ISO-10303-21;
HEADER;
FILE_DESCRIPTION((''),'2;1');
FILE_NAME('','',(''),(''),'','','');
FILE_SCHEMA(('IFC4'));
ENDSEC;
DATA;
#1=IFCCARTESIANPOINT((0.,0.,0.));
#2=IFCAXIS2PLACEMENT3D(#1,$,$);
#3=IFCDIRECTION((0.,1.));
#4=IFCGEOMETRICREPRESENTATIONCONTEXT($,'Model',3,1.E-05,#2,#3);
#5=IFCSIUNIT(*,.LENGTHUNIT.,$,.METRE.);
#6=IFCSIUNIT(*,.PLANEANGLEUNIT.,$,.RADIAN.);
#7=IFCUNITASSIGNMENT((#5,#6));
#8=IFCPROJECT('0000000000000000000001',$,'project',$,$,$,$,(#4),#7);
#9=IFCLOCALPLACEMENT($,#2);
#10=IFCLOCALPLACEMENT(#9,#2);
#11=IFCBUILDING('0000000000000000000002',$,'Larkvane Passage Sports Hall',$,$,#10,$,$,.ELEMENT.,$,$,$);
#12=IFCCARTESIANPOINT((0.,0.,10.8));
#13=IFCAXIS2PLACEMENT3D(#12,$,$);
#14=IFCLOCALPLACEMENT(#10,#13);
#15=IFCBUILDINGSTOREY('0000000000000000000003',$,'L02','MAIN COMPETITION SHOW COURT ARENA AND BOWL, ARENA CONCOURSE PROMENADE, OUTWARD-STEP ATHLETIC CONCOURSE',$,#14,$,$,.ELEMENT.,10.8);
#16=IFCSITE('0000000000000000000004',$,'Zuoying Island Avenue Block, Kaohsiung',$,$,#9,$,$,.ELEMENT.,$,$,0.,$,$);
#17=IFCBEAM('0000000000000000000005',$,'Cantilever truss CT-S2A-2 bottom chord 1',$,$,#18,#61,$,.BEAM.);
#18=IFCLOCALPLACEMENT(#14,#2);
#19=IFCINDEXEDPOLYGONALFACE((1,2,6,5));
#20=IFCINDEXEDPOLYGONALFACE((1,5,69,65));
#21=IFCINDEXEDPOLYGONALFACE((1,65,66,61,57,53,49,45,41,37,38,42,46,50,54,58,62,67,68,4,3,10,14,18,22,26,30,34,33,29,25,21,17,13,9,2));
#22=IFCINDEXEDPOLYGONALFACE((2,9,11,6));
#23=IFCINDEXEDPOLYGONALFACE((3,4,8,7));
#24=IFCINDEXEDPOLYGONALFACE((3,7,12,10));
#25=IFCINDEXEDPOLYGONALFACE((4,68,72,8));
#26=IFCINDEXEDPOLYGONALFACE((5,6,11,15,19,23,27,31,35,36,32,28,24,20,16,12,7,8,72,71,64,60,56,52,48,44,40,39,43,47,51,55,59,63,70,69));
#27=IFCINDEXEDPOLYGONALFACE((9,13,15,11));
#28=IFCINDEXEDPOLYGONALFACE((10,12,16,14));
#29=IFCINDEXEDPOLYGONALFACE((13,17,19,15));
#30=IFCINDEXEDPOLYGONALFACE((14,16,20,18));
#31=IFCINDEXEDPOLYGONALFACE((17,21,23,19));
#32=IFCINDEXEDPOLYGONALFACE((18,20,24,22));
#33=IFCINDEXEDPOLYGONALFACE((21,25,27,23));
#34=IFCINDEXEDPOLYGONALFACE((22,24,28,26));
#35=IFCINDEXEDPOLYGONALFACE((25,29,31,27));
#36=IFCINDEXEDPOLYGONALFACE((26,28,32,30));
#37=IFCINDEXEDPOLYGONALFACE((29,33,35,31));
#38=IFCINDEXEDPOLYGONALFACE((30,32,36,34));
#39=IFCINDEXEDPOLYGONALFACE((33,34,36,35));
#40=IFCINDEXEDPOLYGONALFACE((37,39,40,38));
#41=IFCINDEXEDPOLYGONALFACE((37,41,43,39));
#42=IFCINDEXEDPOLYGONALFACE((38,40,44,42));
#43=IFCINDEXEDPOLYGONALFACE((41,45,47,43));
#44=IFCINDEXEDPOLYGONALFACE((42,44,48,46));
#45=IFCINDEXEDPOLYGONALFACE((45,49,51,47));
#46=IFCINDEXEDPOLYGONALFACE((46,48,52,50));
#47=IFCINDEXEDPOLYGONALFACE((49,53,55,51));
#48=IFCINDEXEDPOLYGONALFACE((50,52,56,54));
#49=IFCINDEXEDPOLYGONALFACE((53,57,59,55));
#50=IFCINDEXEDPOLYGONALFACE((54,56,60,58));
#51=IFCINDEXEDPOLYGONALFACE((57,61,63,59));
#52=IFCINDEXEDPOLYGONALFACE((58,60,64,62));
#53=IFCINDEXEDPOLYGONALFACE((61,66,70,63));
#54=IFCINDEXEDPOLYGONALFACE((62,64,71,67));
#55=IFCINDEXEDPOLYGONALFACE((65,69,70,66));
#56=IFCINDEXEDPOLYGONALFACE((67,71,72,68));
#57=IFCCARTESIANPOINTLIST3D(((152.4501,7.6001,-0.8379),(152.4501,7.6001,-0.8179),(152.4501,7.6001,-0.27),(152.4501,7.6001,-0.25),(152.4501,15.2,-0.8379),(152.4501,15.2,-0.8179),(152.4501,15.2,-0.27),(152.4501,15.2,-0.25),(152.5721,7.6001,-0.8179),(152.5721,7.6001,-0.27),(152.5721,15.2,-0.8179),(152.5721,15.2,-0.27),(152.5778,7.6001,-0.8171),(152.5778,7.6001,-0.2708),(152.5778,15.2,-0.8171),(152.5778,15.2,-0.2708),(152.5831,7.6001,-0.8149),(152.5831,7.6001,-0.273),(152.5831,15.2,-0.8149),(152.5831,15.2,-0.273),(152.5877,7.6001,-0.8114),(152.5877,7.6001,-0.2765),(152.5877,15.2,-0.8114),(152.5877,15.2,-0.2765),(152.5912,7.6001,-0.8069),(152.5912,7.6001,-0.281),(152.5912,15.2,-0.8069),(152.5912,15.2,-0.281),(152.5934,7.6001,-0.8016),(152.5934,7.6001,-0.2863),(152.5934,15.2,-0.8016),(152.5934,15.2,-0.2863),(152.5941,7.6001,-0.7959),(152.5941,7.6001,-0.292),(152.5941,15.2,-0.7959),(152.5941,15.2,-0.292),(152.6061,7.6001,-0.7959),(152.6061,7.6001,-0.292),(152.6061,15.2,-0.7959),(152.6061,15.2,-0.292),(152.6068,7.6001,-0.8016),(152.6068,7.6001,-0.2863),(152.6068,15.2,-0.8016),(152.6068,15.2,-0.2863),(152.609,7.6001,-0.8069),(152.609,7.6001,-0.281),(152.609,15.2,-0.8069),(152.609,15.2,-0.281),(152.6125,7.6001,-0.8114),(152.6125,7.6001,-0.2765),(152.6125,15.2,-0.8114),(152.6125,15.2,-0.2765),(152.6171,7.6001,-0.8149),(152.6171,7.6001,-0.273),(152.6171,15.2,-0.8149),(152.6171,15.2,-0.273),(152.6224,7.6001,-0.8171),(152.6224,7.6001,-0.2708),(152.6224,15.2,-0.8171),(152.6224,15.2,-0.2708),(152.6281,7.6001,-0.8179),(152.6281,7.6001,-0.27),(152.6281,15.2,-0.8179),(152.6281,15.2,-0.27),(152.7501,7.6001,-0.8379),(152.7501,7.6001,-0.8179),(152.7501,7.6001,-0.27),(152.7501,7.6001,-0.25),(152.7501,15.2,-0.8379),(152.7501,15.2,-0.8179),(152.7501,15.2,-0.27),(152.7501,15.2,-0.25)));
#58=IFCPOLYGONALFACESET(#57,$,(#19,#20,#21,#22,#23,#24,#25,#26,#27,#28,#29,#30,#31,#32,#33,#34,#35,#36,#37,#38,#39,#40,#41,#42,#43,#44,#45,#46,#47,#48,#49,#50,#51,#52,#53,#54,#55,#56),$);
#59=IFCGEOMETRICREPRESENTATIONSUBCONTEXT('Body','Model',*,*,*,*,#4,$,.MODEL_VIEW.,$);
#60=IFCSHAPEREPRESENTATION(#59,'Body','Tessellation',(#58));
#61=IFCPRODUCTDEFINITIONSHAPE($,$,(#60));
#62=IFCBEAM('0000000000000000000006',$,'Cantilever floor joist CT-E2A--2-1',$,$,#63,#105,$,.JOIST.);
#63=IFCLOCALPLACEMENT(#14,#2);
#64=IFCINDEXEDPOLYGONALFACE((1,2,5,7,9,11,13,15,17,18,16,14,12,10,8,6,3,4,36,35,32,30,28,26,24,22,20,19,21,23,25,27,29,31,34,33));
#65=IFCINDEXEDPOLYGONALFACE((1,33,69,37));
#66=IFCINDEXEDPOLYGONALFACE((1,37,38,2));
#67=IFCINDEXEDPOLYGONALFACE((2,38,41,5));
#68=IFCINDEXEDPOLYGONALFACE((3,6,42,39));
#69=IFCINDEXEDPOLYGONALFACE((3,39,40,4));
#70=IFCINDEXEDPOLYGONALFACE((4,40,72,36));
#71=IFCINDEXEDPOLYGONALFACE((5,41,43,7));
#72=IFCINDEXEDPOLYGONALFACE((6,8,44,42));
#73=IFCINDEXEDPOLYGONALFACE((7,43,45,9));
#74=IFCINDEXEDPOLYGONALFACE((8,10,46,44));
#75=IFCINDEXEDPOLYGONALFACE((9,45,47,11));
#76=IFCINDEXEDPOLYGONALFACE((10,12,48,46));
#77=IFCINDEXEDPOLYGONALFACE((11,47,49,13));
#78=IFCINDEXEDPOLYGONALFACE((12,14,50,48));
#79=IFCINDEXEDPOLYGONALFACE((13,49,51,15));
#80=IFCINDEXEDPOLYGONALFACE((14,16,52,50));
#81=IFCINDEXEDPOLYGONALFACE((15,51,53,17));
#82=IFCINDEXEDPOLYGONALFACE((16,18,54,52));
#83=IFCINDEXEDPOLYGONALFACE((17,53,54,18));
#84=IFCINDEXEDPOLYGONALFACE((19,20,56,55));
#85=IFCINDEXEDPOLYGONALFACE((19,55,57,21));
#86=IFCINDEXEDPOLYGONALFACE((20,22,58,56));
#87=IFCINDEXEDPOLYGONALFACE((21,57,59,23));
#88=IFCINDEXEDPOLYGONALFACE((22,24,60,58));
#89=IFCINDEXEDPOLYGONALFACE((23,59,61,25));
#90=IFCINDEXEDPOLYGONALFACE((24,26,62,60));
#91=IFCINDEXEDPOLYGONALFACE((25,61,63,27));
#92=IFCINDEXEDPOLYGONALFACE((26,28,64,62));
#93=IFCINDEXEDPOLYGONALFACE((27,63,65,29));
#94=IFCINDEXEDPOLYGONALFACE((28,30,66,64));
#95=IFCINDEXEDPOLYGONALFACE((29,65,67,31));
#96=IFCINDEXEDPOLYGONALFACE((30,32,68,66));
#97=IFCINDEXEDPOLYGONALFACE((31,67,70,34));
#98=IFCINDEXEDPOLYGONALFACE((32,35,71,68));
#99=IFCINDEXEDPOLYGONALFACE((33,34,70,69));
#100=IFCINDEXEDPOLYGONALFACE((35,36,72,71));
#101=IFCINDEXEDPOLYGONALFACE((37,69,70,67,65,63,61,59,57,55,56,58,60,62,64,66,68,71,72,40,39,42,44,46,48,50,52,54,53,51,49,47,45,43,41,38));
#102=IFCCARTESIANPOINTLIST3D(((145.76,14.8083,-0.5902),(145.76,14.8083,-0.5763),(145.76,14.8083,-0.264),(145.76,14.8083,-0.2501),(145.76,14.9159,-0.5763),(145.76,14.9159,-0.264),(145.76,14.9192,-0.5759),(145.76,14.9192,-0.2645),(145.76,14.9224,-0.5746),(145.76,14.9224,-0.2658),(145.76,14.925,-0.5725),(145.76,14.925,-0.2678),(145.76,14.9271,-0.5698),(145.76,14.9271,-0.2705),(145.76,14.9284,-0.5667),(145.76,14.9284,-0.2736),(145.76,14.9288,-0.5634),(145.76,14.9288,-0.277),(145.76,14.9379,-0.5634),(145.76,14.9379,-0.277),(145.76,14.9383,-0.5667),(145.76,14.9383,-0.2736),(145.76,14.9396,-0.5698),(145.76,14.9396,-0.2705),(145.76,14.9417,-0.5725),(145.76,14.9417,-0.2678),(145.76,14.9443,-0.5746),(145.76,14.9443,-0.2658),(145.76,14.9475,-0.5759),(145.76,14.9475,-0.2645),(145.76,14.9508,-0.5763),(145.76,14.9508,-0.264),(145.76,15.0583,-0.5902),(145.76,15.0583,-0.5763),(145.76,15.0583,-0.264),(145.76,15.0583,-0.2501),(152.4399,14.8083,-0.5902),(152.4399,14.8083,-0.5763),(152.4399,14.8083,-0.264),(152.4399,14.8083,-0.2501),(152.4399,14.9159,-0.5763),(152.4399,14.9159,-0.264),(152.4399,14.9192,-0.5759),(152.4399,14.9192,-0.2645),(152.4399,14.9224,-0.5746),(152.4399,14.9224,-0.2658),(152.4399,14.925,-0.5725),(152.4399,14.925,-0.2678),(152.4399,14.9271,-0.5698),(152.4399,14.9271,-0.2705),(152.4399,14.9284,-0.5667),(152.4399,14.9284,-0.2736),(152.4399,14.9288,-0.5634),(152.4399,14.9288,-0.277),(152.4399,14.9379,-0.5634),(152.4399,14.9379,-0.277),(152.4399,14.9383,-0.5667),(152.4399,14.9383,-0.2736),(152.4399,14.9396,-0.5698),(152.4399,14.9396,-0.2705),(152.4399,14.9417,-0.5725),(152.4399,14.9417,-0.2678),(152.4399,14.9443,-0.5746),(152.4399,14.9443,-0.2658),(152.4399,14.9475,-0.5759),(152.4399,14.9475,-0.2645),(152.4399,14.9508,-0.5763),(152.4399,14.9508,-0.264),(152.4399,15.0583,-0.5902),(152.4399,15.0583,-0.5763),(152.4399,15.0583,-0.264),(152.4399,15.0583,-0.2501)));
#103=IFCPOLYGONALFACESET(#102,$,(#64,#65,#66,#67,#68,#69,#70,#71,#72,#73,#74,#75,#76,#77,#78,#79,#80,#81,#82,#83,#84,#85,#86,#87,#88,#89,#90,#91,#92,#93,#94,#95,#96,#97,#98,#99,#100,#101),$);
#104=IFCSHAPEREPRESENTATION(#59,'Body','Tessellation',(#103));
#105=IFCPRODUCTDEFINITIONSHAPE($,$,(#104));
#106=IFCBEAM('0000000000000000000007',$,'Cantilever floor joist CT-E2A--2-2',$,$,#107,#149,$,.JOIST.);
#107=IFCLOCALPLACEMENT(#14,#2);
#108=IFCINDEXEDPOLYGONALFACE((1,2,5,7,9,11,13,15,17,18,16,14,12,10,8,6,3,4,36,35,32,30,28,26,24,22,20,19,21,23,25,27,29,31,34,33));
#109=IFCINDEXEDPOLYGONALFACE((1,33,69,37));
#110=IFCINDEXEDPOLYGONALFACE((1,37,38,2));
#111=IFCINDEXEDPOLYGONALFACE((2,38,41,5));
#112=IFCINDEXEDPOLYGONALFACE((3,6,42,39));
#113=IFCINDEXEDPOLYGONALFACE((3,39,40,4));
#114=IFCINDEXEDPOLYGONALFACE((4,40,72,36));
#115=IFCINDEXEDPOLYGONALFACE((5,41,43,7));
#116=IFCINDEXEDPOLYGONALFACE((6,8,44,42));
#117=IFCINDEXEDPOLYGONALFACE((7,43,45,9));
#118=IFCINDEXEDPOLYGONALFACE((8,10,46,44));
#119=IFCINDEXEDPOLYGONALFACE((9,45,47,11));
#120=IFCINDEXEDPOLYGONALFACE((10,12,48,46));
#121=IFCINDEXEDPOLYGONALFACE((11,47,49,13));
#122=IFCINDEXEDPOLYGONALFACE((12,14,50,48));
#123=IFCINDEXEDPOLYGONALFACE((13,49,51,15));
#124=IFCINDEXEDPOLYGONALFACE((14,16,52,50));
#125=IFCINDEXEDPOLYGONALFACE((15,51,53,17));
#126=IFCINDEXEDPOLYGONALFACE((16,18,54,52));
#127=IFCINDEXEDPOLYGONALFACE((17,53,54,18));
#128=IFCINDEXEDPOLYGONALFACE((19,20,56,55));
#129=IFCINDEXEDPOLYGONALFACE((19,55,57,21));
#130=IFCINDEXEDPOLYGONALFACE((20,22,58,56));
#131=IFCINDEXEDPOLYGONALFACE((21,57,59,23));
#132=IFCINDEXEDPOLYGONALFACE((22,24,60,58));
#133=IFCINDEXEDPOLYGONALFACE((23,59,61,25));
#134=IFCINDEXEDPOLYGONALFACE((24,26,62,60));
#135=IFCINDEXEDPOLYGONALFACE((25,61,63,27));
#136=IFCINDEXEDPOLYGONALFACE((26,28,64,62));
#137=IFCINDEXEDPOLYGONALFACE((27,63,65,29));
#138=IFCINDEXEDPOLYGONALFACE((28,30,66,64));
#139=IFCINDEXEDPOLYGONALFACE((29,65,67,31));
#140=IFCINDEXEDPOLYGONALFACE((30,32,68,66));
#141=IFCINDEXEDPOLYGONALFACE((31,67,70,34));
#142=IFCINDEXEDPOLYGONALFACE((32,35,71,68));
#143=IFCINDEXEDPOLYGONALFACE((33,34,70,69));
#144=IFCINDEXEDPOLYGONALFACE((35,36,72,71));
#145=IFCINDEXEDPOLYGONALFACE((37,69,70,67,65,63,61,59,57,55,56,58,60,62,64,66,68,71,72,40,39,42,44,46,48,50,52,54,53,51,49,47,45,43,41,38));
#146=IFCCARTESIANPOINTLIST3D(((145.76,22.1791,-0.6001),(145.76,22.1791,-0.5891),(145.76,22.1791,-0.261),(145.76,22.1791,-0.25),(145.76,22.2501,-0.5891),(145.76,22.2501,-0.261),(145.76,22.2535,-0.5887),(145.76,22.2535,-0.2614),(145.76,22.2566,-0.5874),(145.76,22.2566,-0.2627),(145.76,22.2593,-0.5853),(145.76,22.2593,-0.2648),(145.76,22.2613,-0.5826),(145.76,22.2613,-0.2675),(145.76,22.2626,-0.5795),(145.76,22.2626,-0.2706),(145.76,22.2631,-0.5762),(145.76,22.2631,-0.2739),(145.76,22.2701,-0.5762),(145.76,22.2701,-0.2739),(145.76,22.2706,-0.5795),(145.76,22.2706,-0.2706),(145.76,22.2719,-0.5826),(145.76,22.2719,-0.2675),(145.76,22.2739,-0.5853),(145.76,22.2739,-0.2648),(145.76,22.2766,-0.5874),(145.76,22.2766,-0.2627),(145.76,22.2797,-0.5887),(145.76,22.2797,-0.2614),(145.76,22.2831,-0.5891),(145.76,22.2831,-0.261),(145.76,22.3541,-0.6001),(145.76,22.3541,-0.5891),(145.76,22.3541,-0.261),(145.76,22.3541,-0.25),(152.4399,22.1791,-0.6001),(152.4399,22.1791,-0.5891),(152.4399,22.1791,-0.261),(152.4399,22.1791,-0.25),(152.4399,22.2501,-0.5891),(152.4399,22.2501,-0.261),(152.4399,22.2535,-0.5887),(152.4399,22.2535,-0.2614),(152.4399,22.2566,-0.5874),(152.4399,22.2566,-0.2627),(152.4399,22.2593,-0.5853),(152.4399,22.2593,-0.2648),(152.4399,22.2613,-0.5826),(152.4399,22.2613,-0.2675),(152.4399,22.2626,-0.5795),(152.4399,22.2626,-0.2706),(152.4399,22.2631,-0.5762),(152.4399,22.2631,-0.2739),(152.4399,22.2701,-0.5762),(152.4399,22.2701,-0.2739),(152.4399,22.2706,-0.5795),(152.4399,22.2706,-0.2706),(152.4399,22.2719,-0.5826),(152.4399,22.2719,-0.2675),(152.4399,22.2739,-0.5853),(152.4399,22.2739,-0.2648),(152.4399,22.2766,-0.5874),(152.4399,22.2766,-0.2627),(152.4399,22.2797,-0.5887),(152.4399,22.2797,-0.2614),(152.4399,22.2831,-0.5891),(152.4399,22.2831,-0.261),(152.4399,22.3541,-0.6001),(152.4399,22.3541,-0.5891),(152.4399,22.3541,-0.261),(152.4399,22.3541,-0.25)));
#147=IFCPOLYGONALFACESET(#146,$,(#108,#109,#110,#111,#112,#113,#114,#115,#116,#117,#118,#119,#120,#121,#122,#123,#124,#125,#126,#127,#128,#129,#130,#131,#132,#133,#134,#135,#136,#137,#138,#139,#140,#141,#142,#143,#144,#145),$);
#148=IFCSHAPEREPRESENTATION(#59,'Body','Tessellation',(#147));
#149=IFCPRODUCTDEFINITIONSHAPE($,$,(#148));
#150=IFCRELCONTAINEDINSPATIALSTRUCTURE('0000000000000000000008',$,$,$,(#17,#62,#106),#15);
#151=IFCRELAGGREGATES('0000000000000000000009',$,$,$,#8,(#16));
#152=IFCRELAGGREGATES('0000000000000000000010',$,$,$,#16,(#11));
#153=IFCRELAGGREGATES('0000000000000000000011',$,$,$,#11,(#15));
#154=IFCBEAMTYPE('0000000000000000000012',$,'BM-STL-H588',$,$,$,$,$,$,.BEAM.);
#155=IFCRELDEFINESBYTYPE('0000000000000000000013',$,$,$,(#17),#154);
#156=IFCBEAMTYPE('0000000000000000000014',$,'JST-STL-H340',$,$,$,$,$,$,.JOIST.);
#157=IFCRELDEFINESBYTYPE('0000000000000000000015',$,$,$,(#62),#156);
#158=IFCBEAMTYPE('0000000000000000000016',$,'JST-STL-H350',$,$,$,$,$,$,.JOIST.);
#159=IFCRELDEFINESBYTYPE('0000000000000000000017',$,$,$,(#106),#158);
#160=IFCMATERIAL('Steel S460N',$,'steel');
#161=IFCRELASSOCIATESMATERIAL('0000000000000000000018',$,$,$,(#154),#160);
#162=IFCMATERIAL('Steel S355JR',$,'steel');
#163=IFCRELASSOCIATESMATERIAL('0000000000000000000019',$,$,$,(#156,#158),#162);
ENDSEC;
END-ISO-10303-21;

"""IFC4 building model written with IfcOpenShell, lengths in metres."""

from ifc_helpers import new_model, si_unit, direction, frame, origin, origin_2d, place, context, subcontext, project, spatial, i_section, extrude, material, material_profile, profile_set, type_object, element, save


model = new_model("IFC4")

# Units and contexts
model_context = context("Model", 3, precision=1e-05, world=origin(), true_north=direction((0.0, 1.0)))
body_context = subcontext(model_context, "Body", "Model", "MODEL_VIEW")
ifc_project = project(units=[si_unit("LENGTHUNIT", "METRE"), si_unit("PLANEANGLEUNIT", "RADIAN")], contexts=[model_context])

# Site, building, storey
site_placement = place(None, origin())
site = spatial("IfcSite", under=ifc_project, at=site_placement, Name="Zuoying Island Avenue Block, Kaohsiung", CompositionType="ELEMENT", RefElevation=0.0)
building_placement = place(site_placement, origin())
building = spatial("IfcBuilding", under=site, at=building_placement, Name="Larkvane Passage Sports Hall", CompositionType="ELEMENT")
storey_placement = place(building_placement, frame((0.0, 0.0, 10.8)))
storey = spatial("IfcBuildingStorey", under=building, at=storey_placement, Name="L02", Description="MAIN COMPETITION SHOW COURT ARENA AND BOWL, ARENA CONCOURSE PROMENADE, OUTWARD-STEP ATHLETIC CONCOURSE", CompositionType="ELEMENT", Elevation=10.8)

# Shared definitions
ifc_material_1 = material(Name="Steel S460N", Category="steel")

# Beams
ifc_material_2 = material(Name="Steel S355JR", Category="steel")
ifc_material_profile_1 = material_profile(ifc_material_1, i_section(OverallWidth=0.3, OverallDepth=0.5879, WebThickness=0.012, FlangeThickness=0.02, FilletRadius=0.022, at=origin_2d()), Name="H-588x300x12x20")
ifc_profile_set_1 = profile_set([ifc_material_profile_1], Name="Steel S460N")
beam_type_1 = type_object("IfcBeamType", Name="BM-STL-H588", PredefinedType="BEAM", material=ifc_profile_set_1)
beam_1_placement = place(storey_placement, frame((152.6001, 7.6001, -0.5439), z_axis=(0.0, 1.0, 0.0), x_axis=(-1.0, 0.0, 0.0)))
element("IfcBeam", 1, at=beam_1_placement, inside=storey, type_object=beam_type_1, Name="Cantilever truss CT-S2A-2 bottom chord 1", PredefinedType="BEAM", context=body_context, shape_type="SweptSolid", body=[
    extrude(i_section(OverallWidth=0.3, OverallDepth=0.5879, WebThickness=0.012, FlangeThickness=0.02, FilletRadius=0.022, at=origin_2d()), origin(), (0.0, 0.0, 1.0), 7.5999),
])
ifc_material_profile_2 = material_profile(ifc_material_2, i_section(OverallWidth=0.25, OverallDepth=0.3401, WebThickness=0.009, FlangeThickness=0.0139, FilletRadius=0.0129, at=origin_2d()), Name="H-340x250x9x14")
ifc_profile_set_2 = profile_set([ifc_material_profile_2], Name="Steel S355JR")
beam_type_2 = type_object("IfcBeamType", Name="JST-STL-H340", PredefinedType="JOIST", material=ifc_profile_set_2)
beam_2_placement = place(storey_placement, frame((145.76, 14.9333, -0.4202), z_axis=(1.0, 0.0, 0.0), x_axis=(0.0, 1.0, 0.0)))
element("IfcBeam", 2, at=beam_2_placement, inside=storey, type_object=beam_type_2, Name="Cantilever floor joist CT-E2A--2-1", PredefinedType="JOIST", context=body_context, shape_type="SweptSolid", body=[
    extrude(i_section(OverallWidth=0.25, OverallDepth=0.3401, WebThickness=0.009, FlangeThickness=0.0139, FilletRadius=0.0129, at=origin_2d()), origin(), (0.0, 0.0, 1.0), 6.6799),
])
ifc_material_profile_3 = material_profile(ifc_material_2, i_section(OverallWidth=0.175, OverallDepth=0.3501, WebThickness=0.0071, FlangeThickness=0.011, FilletRadius=0.0129, at=origin_2d()), Name="H-350x175x7x11")
ifc_profile_set_3 = profile_set([ifc_material_profile_3], Name="Steel S355JR")
beam_type_3 = type_object("IfcBeamType", Name="JST-STL-H350", PredefinedType="JOIST", material=ifc_profile_set_3)
beam_3_placement = place(storey_placement, frame((145.76, 22.2666, -0.425), z_axis=(1.0, 0.0, 0.0), x_axis=(0.0, 1.0, 0.0)))
element("IfcBeam", 3, at=beam_3_placement, inside=storey, type_object=beam_type_3, Name="Cantilever floor joist CT-E2A--2-2", PredefinedType="JOIST", context=body_context, shape_type="SweptSolid", body=[
    extrude(i_section(OverallWidth=0.175, OverallDepth=0.3501, WebThickness=0.0071, FlangeThickness=0.011, FilletRadius=0.0129, at=origin_2d()), origin(), (0.0, 0.0, 1.0), 6.6799),
])

save(model, "model.ifc")
